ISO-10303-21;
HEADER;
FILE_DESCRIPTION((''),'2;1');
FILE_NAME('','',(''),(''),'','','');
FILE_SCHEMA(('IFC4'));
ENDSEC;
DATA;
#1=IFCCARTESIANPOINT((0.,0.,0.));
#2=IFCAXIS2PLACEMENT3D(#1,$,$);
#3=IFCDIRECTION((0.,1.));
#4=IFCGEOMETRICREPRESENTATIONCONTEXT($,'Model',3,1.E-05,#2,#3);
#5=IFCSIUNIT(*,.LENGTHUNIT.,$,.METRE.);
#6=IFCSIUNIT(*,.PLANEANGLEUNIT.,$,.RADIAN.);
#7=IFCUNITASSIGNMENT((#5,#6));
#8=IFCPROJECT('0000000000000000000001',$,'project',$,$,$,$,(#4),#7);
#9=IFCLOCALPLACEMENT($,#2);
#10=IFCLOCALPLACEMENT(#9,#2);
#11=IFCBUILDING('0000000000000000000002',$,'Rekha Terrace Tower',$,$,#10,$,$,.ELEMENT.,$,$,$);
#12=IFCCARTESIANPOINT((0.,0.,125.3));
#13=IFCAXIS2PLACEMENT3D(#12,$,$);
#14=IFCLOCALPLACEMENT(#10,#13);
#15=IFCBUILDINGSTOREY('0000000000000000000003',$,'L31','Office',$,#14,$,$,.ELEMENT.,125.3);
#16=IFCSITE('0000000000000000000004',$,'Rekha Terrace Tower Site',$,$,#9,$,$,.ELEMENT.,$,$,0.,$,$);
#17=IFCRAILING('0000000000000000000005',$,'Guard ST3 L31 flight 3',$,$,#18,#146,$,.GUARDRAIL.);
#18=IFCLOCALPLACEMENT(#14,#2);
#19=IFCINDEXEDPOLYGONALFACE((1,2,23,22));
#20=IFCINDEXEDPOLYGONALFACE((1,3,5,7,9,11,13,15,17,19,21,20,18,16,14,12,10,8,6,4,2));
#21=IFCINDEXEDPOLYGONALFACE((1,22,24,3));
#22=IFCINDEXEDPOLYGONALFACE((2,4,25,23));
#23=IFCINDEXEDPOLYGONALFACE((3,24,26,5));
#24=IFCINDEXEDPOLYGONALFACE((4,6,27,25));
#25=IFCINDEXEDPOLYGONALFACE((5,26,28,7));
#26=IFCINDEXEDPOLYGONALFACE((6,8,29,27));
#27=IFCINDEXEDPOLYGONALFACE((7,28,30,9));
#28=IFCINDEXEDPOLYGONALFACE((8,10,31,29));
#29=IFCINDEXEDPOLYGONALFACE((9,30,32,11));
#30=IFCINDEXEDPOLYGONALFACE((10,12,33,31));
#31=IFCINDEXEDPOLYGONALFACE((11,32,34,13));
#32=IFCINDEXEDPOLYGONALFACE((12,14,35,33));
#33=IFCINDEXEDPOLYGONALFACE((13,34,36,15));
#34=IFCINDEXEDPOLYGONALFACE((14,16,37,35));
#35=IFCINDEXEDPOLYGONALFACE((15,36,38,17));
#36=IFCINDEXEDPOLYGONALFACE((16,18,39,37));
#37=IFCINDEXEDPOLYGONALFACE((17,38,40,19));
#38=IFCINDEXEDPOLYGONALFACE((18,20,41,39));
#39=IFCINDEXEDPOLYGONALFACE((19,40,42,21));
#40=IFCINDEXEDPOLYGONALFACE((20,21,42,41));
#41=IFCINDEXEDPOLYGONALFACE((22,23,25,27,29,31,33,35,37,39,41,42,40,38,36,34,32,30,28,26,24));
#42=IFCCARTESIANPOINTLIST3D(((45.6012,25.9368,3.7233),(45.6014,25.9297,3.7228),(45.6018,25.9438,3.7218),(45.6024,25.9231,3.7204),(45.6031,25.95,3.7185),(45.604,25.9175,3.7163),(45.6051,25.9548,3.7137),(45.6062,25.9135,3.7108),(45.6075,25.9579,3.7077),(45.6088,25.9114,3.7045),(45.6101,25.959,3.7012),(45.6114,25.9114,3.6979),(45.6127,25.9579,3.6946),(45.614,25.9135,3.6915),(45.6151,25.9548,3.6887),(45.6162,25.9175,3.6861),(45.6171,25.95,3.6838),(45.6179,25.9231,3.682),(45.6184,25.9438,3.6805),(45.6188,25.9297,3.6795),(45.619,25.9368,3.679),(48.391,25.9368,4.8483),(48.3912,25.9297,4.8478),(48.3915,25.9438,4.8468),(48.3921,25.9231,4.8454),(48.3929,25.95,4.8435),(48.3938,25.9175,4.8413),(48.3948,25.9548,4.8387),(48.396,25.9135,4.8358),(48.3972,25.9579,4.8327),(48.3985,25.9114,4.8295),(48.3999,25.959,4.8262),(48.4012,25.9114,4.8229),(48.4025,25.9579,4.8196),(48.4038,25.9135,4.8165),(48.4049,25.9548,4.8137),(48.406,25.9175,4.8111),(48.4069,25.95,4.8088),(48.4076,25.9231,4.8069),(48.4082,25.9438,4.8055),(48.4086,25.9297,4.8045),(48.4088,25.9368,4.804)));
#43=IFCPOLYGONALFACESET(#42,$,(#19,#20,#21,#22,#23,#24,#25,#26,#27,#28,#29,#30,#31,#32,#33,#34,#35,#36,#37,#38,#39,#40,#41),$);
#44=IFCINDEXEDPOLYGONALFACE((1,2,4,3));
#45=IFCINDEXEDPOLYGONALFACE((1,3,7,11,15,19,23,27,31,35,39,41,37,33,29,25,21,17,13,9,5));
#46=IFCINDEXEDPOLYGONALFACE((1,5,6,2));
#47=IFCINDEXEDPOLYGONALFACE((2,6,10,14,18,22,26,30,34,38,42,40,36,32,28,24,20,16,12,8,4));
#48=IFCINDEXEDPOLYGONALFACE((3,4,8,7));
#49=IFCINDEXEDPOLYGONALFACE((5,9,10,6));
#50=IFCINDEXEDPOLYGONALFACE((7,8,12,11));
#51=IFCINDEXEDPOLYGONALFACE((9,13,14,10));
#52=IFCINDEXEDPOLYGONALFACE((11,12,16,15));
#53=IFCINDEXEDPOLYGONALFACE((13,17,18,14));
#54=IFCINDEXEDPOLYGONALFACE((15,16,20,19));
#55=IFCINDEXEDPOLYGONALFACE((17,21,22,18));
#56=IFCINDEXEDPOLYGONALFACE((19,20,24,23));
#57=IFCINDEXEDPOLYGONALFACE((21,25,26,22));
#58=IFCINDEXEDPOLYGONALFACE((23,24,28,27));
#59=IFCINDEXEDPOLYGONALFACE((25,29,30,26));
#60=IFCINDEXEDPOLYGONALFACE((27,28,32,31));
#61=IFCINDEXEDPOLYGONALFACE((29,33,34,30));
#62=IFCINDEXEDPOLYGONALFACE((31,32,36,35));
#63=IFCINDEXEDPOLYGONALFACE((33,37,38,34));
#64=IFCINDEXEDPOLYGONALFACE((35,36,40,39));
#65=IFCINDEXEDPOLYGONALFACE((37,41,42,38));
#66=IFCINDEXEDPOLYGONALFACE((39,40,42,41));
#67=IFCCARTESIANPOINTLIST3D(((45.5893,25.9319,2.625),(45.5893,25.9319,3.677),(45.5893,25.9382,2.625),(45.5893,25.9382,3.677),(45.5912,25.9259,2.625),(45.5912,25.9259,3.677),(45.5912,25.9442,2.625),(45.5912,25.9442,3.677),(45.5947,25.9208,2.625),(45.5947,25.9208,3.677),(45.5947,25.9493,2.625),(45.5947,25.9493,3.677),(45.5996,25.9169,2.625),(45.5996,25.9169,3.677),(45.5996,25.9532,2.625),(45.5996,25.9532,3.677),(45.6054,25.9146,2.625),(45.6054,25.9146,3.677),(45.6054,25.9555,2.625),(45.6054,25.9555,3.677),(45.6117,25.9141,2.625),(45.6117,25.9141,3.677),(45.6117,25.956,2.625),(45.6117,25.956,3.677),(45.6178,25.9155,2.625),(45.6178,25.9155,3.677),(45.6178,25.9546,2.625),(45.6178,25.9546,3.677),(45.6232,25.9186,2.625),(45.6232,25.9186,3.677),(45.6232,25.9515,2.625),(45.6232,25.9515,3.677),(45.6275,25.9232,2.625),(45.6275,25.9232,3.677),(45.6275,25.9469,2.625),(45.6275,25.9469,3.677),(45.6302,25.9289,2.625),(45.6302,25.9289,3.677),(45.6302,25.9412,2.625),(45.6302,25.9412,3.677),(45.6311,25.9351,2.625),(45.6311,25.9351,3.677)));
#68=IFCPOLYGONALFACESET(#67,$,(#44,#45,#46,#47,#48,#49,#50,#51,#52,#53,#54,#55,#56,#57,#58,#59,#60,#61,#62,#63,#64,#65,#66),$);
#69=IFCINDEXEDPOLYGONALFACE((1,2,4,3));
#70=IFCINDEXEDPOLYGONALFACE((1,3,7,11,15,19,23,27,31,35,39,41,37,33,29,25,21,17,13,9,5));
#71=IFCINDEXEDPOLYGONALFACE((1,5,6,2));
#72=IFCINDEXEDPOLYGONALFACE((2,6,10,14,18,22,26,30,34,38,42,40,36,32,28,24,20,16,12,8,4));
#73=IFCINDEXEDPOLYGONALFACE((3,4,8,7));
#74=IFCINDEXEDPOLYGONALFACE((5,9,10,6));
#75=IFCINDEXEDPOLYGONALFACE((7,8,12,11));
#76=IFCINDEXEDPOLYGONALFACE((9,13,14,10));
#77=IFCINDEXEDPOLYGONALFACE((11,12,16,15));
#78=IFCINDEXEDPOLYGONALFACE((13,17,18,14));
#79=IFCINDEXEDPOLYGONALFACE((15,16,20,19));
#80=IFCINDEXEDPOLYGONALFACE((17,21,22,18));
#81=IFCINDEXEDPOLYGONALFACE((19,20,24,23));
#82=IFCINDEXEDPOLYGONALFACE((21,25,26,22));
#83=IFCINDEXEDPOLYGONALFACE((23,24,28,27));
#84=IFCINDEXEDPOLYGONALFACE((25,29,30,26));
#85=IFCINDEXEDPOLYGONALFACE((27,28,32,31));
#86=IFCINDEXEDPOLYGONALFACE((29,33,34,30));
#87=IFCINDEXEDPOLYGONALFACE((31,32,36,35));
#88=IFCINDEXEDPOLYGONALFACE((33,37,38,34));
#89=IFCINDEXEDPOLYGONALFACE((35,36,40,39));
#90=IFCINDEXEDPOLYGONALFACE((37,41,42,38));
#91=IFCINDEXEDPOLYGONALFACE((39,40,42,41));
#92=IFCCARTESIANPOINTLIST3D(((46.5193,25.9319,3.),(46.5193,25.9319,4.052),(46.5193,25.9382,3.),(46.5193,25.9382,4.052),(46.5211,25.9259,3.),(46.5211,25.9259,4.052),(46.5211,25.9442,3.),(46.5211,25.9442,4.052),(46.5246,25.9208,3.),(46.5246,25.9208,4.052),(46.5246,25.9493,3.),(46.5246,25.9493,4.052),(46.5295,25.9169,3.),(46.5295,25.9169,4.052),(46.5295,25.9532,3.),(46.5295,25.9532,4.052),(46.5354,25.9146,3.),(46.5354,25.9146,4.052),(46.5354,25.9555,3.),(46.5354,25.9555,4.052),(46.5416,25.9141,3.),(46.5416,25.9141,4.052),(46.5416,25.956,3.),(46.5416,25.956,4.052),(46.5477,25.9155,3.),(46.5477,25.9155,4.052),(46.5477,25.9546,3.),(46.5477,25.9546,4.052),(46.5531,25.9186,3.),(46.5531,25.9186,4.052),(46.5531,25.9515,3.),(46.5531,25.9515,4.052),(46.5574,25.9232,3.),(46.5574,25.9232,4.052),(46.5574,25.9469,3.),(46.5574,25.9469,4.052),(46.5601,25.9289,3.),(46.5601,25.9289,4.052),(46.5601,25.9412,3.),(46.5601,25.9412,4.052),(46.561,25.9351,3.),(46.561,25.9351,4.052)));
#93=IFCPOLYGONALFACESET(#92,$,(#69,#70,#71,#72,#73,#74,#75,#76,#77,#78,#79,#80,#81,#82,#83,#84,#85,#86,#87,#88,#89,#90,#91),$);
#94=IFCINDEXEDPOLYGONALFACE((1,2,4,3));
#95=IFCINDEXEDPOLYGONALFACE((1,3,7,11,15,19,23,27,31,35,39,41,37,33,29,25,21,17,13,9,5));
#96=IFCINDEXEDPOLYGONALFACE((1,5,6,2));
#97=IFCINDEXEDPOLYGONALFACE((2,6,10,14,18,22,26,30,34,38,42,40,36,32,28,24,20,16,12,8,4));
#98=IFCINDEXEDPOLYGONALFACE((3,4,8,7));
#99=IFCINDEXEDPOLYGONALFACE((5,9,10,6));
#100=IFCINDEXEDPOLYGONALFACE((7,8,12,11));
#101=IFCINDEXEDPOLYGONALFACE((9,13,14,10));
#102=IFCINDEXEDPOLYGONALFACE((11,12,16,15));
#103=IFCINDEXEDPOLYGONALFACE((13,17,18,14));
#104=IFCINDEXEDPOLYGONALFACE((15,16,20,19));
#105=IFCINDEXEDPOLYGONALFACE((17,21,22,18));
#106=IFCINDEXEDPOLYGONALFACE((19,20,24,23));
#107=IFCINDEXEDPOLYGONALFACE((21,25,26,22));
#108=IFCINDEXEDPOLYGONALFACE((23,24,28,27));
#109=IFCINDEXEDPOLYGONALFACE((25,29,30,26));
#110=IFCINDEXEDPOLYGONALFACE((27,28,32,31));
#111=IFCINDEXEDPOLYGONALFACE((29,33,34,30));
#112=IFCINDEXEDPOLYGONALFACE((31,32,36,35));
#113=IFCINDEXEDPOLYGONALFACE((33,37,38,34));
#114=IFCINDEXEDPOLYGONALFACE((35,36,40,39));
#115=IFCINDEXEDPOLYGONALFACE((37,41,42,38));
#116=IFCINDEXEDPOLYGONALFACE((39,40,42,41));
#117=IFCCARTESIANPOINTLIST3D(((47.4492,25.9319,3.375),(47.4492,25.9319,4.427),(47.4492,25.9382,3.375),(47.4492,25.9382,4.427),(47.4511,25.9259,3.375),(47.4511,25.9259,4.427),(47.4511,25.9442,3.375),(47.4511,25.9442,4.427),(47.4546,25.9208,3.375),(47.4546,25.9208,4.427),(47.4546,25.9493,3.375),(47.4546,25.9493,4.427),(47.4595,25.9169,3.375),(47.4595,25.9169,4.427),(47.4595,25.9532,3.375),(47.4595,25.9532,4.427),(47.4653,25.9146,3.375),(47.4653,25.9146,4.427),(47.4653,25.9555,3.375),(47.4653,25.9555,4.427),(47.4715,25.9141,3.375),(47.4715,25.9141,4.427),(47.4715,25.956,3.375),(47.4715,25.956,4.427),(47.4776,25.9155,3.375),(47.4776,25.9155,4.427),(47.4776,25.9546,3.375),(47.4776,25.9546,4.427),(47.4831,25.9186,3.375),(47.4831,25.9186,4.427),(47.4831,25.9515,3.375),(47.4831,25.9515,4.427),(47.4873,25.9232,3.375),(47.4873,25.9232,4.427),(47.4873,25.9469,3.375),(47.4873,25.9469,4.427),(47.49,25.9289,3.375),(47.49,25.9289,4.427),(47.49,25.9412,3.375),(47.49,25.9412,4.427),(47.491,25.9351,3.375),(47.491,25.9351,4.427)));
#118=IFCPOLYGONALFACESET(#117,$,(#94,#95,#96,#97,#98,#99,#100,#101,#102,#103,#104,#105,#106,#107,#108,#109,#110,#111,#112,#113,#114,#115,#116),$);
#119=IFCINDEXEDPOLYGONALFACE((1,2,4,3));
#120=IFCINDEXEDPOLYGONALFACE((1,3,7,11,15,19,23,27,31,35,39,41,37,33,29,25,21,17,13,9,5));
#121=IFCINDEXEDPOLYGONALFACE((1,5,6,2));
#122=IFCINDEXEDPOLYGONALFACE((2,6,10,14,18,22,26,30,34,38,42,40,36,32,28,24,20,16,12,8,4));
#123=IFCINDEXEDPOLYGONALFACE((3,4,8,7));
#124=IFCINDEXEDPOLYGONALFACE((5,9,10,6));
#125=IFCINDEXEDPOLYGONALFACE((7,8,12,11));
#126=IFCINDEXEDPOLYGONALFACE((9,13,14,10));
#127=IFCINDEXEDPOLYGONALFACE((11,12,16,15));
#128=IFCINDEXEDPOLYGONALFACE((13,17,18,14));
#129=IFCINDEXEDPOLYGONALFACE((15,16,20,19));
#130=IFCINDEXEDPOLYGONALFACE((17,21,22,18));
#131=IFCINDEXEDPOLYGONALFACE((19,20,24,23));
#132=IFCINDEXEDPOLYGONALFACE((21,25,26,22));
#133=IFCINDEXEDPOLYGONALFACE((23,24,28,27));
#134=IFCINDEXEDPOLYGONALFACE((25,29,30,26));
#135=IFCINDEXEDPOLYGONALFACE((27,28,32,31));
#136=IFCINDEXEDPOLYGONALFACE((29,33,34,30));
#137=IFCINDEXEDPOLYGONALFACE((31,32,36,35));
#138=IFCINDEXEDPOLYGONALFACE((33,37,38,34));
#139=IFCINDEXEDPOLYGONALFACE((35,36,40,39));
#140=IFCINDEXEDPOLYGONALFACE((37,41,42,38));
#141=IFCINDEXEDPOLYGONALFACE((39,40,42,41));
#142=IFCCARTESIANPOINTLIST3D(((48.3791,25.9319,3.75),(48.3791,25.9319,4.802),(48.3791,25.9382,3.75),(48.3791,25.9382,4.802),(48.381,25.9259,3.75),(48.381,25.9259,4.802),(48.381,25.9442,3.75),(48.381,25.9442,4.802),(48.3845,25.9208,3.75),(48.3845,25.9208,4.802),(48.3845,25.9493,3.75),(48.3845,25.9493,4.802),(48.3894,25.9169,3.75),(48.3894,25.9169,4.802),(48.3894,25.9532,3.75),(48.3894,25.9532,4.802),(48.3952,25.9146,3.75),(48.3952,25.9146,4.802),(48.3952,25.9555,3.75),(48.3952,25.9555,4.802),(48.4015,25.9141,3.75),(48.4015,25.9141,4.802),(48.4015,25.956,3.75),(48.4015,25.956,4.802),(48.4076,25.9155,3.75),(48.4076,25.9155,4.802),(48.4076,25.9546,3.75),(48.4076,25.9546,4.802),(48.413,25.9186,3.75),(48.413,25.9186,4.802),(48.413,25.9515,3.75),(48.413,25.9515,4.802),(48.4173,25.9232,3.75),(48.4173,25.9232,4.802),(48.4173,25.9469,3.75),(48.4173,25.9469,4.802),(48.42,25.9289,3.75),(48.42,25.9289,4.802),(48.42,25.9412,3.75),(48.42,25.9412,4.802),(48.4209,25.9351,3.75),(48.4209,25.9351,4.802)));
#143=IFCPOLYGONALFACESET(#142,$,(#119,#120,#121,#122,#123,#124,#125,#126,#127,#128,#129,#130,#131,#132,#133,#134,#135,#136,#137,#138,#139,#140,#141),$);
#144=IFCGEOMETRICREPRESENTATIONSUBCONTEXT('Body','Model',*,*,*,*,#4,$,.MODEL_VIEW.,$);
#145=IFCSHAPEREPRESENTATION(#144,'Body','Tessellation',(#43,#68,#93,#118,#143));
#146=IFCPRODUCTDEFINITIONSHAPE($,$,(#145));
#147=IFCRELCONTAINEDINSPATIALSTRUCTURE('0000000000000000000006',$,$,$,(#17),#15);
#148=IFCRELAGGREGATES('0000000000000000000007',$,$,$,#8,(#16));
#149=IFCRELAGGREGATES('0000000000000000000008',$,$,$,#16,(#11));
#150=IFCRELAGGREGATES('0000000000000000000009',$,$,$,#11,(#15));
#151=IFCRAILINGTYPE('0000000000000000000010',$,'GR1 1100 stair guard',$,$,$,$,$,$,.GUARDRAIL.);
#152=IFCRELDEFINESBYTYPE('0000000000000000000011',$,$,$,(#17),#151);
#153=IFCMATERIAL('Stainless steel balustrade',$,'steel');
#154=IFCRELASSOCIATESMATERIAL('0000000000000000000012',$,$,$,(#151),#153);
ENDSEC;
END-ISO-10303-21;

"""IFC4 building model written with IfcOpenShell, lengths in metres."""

from ifc_helpers import new_model, si_unit, direction, frame, origin, origin_2d, place, context, subcontext, project, spatial, circle, extrude, material, type_object, element, save


model = new_model("IFC4")

# Units and contexts
model_context = context("Model", 3, precision=1e-05, world=origin(), true_north=direction((0.0, 1.0)))
body_context = subcontext(model_context, "Body", "Model", "MODEL_VIEW")
ifc_project = project(units=[si_unit("LENGTHUNIT", "METRE"), si_unit("PLANEANGLEUNIT", "RADIAN")], contexts=[model_context])

# Site, building, storey
site_placement = place(None, origin())
site = spatial("IfcSite", under=ifc_project, at=site_placement, Name="Rekha Terrace Tower Site", CompositionType="ELEMENT", RefElevation=0.0)
building_placement = place(site_placement, origin())
building = spatial("IfcBuilding", under=site, at=building_placement, Name="Rekha Terrace Tower", CompositionType="ELEMENT")
storey_placement = place(building_placement, frame((0.0, 0.0, 125.3)))
storey = spatial("IfcBuildingStorey", under=building, at=storey_placement, Name="L31", Description="Office", CompositionType="ELEMENT", Elevation=125.3)

# Railing
ifc_material_1 = material(Name="Stainless steel balustrade", Category="steel")
railing_type_1 = type_object("IfcRailingType", Name="GR1 1100 stair guard", PredefinedType="GUARDRAIL", material=ifc_material_1)
railing_1_placement = place(storey_placement, frame((45.6101, 25.9351, 2.625)))
element("IfcRailing", 1, at=railing_1_placement, inside=storey, type_object=railing_type_1, Name="Guard ST3 L31 flight 3", PredefinedType="GUARDRAIL", context=body_context, shape_type="SweptSolid", body=[
    extrude(circle(Radius=0.0239, at=origin_2d()), frame((0.0, 0.0, 1.0762), z_axis=(0.927432, 0.0, 0.373992), x_axis=(0.0, 1.0, 0.0)), (0.0, 0.0, 1.0), 3.0081),
    extrude(circle(Radius=0.021, at=origin_2d()), origin(), (0.0, 0.0, 1.0), 1.052),
    extrude(circle(Radius=0.021, at=origin_2d()), frame((0.9299, 0.0, 0.375)), (0.0, 0.0, 1.0), 1.052),
    extrude(circle(Radius=0.021, at=origin_2d()), frame((1.8599, 0.0, 0.75)), (0.0, 0.0, 1.0), 1.052),
    extrude(circle(Radius=0.021, at=origin_2d()), frame((2.7898, 0.0, 1.125)), (0.0, 0.0, 1.0), 1.052),
])

save(model, "model.ifc")
